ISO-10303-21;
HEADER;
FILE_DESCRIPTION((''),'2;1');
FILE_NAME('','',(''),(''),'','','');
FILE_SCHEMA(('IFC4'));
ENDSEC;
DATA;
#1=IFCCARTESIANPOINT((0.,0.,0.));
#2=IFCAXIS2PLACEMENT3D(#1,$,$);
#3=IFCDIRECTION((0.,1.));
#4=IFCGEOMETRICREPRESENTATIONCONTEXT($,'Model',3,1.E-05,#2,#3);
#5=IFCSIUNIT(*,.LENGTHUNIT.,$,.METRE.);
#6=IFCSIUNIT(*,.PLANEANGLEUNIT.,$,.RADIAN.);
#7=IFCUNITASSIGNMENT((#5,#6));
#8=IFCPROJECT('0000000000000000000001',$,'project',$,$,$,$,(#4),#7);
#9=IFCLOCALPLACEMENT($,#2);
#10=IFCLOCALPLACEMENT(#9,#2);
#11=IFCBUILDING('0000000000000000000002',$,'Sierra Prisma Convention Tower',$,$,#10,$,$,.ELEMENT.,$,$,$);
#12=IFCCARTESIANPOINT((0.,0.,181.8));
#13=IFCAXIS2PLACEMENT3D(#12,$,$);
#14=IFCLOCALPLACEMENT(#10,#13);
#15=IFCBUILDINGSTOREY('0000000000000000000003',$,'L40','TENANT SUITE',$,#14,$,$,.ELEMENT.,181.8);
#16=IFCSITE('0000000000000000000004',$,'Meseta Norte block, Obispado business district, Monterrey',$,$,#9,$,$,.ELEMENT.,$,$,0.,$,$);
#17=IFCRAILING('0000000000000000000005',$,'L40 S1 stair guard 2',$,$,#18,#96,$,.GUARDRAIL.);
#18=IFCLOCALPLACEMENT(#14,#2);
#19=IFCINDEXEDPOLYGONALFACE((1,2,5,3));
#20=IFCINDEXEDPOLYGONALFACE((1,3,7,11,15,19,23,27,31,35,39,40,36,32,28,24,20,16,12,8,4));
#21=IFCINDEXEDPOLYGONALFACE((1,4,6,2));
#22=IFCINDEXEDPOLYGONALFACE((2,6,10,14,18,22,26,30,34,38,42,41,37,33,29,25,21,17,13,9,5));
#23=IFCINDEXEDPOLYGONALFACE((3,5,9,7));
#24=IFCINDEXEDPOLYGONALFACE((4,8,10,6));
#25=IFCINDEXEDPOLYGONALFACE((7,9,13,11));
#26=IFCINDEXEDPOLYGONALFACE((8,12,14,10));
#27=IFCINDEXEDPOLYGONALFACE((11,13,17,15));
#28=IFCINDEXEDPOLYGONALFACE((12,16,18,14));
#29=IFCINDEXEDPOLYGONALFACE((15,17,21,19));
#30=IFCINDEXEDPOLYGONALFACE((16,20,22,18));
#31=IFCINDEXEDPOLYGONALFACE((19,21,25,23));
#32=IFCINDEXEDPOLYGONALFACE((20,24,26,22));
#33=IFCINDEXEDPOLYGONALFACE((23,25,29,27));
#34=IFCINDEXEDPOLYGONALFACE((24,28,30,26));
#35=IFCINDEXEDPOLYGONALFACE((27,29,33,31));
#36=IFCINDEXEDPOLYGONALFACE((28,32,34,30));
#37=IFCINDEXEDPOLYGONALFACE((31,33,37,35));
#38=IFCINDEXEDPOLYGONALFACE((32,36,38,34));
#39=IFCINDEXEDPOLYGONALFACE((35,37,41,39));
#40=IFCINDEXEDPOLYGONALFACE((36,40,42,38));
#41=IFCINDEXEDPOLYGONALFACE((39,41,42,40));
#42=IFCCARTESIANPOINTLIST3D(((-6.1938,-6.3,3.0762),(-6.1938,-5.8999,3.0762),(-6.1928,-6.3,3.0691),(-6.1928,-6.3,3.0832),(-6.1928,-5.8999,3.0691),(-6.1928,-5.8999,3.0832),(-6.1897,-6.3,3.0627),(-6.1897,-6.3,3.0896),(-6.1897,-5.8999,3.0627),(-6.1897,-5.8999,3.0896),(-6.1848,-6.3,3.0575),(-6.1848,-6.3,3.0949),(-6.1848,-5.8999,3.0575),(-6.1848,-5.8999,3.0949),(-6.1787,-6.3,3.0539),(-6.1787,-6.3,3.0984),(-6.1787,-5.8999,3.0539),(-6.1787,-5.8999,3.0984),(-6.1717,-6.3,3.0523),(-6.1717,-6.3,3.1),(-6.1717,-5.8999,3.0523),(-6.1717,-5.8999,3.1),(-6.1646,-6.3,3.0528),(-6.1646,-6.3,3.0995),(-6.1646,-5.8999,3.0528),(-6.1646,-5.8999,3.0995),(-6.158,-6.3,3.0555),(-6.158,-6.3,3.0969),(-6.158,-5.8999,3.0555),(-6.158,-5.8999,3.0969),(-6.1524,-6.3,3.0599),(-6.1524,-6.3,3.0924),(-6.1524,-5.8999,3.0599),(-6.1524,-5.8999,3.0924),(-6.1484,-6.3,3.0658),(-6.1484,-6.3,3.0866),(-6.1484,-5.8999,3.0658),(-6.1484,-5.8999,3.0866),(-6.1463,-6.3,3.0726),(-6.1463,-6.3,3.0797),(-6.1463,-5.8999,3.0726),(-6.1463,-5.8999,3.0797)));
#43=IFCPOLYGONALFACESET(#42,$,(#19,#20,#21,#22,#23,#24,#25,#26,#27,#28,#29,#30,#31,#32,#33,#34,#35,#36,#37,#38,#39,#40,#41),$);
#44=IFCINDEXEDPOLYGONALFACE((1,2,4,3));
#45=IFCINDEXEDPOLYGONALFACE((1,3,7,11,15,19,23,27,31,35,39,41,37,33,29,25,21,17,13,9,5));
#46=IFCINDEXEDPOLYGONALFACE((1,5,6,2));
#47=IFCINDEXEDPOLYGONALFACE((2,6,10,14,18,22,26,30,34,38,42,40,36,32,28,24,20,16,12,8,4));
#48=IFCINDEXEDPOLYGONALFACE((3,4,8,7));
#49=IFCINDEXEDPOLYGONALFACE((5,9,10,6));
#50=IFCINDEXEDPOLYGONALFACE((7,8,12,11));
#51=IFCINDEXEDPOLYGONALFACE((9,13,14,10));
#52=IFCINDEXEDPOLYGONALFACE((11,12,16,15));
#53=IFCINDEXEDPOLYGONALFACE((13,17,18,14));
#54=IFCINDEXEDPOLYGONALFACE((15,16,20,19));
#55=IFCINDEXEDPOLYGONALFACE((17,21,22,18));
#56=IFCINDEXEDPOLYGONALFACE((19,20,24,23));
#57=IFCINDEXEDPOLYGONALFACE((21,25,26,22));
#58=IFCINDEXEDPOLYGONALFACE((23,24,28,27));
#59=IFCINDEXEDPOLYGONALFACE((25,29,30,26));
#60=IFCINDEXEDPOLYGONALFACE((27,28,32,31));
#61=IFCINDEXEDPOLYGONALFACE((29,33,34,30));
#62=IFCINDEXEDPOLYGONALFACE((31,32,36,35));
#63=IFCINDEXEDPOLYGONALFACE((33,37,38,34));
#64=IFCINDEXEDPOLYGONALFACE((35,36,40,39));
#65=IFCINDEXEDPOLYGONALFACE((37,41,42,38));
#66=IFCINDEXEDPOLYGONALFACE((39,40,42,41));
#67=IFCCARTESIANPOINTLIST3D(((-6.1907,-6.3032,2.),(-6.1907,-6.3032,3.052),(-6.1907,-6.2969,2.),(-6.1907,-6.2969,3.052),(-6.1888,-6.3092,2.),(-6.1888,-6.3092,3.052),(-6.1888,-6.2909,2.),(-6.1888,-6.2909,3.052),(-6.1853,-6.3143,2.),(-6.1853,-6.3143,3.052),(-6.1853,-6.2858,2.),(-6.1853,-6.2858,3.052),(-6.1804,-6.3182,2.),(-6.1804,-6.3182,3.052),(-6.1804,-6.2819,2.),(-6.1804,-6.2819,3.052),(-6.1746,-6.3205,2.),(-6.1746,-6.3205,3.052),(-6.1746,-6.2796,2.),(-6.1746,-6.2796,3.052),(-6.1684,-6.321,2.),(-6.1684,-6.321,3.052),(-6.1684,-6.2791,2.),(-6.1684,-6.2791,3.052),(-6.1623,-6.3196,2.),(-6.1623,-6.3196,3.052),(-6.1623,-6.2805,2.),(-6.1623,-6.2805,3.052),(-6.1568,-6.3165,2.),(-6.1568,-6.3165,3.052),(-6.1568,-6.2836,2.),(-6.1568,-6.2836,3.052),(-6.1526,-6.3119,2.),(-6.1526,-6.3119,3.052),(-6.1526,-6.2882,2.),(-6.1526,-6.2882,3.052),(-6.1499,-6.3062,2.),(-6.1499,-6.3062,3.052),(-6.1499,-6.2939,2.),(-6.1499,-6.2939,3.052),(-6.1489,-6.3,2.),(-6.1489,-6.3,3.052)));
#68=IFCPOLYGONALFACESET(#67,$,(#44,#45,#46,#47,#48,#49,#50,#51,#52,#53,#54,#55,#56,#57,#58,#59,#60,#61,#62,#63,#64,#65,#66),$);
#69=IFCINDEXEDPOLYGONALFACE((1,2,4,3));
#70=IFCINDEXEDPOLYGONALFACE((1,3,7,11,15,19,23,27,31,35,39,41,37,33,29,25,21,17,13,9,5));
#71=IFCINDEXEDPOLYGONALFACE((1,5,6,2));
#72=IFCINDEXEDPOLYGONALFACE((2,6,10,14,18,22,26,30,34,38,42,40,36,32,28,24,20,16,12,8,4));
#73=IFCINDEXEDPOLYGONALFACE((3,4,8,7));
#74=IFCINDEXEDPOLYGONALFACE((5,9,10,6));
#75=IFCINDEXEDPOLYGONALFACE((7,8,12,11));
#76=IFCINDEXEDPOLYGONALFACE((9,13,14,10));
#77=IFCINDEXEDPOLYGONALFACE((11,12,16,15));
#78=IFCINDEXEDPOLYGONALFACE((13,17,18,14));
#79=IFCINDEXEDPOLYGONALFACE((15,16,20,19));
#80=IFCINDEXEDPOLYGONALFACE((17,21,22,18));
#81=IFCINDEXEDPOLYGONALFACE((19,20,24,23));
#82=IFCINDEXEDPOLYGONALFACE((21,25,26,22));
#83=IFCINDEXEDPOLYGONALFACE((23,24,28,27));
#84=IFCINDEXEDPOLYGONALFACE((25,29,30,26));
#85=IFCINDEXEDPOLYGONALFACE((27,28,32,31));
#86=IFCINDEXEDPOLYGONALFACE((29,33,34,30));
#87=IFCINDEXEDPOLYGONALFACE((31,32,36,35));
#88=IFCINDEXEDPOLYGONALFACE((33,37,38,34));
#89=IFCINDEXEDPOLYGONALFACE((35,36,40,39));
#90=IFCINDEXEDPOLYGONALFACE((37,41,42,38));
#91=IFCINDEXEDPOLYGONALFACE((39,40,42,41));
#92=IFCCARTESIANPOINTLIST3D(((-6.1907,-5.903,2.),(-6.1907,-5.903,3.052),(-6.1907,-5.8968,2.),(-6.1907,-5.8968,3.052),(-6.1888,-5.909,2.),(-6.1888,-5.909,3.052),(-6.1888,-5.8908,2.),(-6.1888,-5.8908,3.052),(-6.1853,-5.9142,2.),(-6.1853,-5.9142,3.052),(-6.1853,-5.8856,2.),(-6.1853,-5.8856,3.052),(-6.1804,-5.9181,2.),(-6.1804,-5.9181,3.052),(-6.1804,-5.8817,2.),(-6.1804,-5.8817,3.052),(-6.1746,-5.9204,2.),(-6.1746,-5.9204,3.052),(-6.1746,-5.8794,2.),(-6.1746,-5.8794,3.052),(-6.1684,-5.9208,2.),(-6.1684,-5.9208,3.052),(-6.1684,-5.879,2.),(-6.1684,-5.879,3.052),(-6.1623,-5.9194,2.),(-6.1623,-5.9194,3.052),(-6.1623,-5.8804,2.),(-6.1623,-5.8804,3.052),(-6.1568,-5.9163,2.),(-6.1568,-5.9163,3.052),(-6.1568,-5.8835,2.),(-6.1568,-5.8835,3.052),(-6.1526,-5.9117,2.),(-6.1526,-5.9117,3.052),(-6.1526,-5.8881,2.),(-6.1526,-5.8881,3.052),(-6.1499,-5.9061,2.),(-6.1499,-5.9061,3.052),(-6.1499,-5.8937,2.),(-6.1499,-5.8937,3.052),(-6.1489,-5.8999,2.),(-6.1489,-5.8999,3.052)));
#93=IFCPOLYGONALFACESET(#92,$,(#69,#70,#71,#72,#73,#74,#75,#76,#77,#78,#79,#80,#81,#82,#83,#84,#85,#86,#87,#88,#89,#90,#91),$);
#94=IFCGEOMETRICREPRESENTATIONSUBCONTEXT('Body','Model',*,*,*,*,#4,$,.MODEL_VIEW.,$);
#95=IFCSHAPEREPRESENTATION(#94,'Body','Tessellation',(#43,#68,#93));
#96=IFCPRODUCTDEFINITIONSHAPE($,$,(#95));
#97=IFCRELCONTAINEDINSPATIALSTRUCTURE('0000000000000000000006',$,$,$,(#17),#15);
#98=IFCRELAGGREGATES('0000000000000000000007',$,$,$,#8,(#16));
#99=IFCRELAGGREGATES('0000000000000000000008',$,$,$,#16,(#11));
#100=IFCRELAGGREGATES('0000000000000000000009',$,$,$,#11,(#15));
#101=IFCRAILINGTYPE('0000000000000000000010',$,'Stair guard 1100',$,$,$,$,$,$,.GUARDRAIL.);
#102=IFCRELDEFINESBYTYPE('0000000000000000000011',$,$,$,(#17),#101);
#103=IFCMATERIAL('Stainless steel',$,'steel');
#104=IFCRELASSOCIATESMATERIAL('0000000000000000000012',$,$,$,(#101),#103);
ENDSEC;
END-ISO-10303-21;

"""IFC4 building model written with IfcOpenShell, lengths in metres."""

from ifc_helpers import new_model, si_unit, direction, frame, origin, origin_2d, place, context, subcontext, project, spatial, circle, extrude, material, type_object, element, save


model = new_model("IFC4")

# Units and contexts
model_context = context("Model", 3, precision=1e-05, world=origin(), true_north=direction((0.0, 1.0)))
body_context = subcontext(model_context, "Body", "Model", "MODEL_VIEW")
ifc_project = project(units=[si_unit("LENGTHUNIT", "METRE"), si_unit("PLANEANGLEUNIT", "RADIAN")], contexts=[model_context])

# Site, building, storey
site_placement = place(None, origin())
site = spatial("IfcSite", under=ifc_project, at=site_placement, Name="Meseta Norte block, Obispado business district, Monterrey", CompositionType="ELEMENT", RefElevation=0.0)
building_placement = place(site_placement, origin())
building = spatial("IfcBuilding", under=site, at=building_placement, Name="Sierra Prisma Convention Tower", CompositionType="ELEMENT")
storey_placement = place(building_placement, frame((0.0, 0.0, 181.8)))
storey = spatial("IfcBuildingStorey", under=building, at=storey_placement, Name="L40", Description="TENANT SUITE", CompositionType="ELEMENT", Elevation=181.8)

# Railing
ifc_material_1 = material(Name="Stainless steel", Category="steel")
railing_type_1 = type_object("IfcRailingType", Name="Stair guard 1100", PredefinedType="GUARDRAIL", material=ifc_material_1)
railing_1_placement = place(storey_placement, frame((-6.1699, -6.3, 2.0)))
element("IfcRailing", 1, at=railing_1_placement, inside=storey, type_object=railing_type_1, Name="L40 S1 stair guard 2", PredefinedType="GUARDRAIL", context=body_context, shape_type="SweptSolid", body=[
    extrude(circle(Radius=0.0239, at=origin_2d()), frame((0.0, 0.0, 1.0762), z_axis=(0.0, 1.0, 0.0), x_axis=(-1.0, 0.0, 0.0)), (0.0, 0.0, 1.0), 0.4001),
    extrude(circle(Radius=0.021, at=origin_2d()), origin(), (0.0, 0.0, 1.0), 1.052),
    extrude(circle(Radius=0.021, at=origin_2d()), frame((0.0, 0.4001, 0.0)), (0.0, 0.0, 1.0), 1.052),
])

save(model, "model.ifc")
